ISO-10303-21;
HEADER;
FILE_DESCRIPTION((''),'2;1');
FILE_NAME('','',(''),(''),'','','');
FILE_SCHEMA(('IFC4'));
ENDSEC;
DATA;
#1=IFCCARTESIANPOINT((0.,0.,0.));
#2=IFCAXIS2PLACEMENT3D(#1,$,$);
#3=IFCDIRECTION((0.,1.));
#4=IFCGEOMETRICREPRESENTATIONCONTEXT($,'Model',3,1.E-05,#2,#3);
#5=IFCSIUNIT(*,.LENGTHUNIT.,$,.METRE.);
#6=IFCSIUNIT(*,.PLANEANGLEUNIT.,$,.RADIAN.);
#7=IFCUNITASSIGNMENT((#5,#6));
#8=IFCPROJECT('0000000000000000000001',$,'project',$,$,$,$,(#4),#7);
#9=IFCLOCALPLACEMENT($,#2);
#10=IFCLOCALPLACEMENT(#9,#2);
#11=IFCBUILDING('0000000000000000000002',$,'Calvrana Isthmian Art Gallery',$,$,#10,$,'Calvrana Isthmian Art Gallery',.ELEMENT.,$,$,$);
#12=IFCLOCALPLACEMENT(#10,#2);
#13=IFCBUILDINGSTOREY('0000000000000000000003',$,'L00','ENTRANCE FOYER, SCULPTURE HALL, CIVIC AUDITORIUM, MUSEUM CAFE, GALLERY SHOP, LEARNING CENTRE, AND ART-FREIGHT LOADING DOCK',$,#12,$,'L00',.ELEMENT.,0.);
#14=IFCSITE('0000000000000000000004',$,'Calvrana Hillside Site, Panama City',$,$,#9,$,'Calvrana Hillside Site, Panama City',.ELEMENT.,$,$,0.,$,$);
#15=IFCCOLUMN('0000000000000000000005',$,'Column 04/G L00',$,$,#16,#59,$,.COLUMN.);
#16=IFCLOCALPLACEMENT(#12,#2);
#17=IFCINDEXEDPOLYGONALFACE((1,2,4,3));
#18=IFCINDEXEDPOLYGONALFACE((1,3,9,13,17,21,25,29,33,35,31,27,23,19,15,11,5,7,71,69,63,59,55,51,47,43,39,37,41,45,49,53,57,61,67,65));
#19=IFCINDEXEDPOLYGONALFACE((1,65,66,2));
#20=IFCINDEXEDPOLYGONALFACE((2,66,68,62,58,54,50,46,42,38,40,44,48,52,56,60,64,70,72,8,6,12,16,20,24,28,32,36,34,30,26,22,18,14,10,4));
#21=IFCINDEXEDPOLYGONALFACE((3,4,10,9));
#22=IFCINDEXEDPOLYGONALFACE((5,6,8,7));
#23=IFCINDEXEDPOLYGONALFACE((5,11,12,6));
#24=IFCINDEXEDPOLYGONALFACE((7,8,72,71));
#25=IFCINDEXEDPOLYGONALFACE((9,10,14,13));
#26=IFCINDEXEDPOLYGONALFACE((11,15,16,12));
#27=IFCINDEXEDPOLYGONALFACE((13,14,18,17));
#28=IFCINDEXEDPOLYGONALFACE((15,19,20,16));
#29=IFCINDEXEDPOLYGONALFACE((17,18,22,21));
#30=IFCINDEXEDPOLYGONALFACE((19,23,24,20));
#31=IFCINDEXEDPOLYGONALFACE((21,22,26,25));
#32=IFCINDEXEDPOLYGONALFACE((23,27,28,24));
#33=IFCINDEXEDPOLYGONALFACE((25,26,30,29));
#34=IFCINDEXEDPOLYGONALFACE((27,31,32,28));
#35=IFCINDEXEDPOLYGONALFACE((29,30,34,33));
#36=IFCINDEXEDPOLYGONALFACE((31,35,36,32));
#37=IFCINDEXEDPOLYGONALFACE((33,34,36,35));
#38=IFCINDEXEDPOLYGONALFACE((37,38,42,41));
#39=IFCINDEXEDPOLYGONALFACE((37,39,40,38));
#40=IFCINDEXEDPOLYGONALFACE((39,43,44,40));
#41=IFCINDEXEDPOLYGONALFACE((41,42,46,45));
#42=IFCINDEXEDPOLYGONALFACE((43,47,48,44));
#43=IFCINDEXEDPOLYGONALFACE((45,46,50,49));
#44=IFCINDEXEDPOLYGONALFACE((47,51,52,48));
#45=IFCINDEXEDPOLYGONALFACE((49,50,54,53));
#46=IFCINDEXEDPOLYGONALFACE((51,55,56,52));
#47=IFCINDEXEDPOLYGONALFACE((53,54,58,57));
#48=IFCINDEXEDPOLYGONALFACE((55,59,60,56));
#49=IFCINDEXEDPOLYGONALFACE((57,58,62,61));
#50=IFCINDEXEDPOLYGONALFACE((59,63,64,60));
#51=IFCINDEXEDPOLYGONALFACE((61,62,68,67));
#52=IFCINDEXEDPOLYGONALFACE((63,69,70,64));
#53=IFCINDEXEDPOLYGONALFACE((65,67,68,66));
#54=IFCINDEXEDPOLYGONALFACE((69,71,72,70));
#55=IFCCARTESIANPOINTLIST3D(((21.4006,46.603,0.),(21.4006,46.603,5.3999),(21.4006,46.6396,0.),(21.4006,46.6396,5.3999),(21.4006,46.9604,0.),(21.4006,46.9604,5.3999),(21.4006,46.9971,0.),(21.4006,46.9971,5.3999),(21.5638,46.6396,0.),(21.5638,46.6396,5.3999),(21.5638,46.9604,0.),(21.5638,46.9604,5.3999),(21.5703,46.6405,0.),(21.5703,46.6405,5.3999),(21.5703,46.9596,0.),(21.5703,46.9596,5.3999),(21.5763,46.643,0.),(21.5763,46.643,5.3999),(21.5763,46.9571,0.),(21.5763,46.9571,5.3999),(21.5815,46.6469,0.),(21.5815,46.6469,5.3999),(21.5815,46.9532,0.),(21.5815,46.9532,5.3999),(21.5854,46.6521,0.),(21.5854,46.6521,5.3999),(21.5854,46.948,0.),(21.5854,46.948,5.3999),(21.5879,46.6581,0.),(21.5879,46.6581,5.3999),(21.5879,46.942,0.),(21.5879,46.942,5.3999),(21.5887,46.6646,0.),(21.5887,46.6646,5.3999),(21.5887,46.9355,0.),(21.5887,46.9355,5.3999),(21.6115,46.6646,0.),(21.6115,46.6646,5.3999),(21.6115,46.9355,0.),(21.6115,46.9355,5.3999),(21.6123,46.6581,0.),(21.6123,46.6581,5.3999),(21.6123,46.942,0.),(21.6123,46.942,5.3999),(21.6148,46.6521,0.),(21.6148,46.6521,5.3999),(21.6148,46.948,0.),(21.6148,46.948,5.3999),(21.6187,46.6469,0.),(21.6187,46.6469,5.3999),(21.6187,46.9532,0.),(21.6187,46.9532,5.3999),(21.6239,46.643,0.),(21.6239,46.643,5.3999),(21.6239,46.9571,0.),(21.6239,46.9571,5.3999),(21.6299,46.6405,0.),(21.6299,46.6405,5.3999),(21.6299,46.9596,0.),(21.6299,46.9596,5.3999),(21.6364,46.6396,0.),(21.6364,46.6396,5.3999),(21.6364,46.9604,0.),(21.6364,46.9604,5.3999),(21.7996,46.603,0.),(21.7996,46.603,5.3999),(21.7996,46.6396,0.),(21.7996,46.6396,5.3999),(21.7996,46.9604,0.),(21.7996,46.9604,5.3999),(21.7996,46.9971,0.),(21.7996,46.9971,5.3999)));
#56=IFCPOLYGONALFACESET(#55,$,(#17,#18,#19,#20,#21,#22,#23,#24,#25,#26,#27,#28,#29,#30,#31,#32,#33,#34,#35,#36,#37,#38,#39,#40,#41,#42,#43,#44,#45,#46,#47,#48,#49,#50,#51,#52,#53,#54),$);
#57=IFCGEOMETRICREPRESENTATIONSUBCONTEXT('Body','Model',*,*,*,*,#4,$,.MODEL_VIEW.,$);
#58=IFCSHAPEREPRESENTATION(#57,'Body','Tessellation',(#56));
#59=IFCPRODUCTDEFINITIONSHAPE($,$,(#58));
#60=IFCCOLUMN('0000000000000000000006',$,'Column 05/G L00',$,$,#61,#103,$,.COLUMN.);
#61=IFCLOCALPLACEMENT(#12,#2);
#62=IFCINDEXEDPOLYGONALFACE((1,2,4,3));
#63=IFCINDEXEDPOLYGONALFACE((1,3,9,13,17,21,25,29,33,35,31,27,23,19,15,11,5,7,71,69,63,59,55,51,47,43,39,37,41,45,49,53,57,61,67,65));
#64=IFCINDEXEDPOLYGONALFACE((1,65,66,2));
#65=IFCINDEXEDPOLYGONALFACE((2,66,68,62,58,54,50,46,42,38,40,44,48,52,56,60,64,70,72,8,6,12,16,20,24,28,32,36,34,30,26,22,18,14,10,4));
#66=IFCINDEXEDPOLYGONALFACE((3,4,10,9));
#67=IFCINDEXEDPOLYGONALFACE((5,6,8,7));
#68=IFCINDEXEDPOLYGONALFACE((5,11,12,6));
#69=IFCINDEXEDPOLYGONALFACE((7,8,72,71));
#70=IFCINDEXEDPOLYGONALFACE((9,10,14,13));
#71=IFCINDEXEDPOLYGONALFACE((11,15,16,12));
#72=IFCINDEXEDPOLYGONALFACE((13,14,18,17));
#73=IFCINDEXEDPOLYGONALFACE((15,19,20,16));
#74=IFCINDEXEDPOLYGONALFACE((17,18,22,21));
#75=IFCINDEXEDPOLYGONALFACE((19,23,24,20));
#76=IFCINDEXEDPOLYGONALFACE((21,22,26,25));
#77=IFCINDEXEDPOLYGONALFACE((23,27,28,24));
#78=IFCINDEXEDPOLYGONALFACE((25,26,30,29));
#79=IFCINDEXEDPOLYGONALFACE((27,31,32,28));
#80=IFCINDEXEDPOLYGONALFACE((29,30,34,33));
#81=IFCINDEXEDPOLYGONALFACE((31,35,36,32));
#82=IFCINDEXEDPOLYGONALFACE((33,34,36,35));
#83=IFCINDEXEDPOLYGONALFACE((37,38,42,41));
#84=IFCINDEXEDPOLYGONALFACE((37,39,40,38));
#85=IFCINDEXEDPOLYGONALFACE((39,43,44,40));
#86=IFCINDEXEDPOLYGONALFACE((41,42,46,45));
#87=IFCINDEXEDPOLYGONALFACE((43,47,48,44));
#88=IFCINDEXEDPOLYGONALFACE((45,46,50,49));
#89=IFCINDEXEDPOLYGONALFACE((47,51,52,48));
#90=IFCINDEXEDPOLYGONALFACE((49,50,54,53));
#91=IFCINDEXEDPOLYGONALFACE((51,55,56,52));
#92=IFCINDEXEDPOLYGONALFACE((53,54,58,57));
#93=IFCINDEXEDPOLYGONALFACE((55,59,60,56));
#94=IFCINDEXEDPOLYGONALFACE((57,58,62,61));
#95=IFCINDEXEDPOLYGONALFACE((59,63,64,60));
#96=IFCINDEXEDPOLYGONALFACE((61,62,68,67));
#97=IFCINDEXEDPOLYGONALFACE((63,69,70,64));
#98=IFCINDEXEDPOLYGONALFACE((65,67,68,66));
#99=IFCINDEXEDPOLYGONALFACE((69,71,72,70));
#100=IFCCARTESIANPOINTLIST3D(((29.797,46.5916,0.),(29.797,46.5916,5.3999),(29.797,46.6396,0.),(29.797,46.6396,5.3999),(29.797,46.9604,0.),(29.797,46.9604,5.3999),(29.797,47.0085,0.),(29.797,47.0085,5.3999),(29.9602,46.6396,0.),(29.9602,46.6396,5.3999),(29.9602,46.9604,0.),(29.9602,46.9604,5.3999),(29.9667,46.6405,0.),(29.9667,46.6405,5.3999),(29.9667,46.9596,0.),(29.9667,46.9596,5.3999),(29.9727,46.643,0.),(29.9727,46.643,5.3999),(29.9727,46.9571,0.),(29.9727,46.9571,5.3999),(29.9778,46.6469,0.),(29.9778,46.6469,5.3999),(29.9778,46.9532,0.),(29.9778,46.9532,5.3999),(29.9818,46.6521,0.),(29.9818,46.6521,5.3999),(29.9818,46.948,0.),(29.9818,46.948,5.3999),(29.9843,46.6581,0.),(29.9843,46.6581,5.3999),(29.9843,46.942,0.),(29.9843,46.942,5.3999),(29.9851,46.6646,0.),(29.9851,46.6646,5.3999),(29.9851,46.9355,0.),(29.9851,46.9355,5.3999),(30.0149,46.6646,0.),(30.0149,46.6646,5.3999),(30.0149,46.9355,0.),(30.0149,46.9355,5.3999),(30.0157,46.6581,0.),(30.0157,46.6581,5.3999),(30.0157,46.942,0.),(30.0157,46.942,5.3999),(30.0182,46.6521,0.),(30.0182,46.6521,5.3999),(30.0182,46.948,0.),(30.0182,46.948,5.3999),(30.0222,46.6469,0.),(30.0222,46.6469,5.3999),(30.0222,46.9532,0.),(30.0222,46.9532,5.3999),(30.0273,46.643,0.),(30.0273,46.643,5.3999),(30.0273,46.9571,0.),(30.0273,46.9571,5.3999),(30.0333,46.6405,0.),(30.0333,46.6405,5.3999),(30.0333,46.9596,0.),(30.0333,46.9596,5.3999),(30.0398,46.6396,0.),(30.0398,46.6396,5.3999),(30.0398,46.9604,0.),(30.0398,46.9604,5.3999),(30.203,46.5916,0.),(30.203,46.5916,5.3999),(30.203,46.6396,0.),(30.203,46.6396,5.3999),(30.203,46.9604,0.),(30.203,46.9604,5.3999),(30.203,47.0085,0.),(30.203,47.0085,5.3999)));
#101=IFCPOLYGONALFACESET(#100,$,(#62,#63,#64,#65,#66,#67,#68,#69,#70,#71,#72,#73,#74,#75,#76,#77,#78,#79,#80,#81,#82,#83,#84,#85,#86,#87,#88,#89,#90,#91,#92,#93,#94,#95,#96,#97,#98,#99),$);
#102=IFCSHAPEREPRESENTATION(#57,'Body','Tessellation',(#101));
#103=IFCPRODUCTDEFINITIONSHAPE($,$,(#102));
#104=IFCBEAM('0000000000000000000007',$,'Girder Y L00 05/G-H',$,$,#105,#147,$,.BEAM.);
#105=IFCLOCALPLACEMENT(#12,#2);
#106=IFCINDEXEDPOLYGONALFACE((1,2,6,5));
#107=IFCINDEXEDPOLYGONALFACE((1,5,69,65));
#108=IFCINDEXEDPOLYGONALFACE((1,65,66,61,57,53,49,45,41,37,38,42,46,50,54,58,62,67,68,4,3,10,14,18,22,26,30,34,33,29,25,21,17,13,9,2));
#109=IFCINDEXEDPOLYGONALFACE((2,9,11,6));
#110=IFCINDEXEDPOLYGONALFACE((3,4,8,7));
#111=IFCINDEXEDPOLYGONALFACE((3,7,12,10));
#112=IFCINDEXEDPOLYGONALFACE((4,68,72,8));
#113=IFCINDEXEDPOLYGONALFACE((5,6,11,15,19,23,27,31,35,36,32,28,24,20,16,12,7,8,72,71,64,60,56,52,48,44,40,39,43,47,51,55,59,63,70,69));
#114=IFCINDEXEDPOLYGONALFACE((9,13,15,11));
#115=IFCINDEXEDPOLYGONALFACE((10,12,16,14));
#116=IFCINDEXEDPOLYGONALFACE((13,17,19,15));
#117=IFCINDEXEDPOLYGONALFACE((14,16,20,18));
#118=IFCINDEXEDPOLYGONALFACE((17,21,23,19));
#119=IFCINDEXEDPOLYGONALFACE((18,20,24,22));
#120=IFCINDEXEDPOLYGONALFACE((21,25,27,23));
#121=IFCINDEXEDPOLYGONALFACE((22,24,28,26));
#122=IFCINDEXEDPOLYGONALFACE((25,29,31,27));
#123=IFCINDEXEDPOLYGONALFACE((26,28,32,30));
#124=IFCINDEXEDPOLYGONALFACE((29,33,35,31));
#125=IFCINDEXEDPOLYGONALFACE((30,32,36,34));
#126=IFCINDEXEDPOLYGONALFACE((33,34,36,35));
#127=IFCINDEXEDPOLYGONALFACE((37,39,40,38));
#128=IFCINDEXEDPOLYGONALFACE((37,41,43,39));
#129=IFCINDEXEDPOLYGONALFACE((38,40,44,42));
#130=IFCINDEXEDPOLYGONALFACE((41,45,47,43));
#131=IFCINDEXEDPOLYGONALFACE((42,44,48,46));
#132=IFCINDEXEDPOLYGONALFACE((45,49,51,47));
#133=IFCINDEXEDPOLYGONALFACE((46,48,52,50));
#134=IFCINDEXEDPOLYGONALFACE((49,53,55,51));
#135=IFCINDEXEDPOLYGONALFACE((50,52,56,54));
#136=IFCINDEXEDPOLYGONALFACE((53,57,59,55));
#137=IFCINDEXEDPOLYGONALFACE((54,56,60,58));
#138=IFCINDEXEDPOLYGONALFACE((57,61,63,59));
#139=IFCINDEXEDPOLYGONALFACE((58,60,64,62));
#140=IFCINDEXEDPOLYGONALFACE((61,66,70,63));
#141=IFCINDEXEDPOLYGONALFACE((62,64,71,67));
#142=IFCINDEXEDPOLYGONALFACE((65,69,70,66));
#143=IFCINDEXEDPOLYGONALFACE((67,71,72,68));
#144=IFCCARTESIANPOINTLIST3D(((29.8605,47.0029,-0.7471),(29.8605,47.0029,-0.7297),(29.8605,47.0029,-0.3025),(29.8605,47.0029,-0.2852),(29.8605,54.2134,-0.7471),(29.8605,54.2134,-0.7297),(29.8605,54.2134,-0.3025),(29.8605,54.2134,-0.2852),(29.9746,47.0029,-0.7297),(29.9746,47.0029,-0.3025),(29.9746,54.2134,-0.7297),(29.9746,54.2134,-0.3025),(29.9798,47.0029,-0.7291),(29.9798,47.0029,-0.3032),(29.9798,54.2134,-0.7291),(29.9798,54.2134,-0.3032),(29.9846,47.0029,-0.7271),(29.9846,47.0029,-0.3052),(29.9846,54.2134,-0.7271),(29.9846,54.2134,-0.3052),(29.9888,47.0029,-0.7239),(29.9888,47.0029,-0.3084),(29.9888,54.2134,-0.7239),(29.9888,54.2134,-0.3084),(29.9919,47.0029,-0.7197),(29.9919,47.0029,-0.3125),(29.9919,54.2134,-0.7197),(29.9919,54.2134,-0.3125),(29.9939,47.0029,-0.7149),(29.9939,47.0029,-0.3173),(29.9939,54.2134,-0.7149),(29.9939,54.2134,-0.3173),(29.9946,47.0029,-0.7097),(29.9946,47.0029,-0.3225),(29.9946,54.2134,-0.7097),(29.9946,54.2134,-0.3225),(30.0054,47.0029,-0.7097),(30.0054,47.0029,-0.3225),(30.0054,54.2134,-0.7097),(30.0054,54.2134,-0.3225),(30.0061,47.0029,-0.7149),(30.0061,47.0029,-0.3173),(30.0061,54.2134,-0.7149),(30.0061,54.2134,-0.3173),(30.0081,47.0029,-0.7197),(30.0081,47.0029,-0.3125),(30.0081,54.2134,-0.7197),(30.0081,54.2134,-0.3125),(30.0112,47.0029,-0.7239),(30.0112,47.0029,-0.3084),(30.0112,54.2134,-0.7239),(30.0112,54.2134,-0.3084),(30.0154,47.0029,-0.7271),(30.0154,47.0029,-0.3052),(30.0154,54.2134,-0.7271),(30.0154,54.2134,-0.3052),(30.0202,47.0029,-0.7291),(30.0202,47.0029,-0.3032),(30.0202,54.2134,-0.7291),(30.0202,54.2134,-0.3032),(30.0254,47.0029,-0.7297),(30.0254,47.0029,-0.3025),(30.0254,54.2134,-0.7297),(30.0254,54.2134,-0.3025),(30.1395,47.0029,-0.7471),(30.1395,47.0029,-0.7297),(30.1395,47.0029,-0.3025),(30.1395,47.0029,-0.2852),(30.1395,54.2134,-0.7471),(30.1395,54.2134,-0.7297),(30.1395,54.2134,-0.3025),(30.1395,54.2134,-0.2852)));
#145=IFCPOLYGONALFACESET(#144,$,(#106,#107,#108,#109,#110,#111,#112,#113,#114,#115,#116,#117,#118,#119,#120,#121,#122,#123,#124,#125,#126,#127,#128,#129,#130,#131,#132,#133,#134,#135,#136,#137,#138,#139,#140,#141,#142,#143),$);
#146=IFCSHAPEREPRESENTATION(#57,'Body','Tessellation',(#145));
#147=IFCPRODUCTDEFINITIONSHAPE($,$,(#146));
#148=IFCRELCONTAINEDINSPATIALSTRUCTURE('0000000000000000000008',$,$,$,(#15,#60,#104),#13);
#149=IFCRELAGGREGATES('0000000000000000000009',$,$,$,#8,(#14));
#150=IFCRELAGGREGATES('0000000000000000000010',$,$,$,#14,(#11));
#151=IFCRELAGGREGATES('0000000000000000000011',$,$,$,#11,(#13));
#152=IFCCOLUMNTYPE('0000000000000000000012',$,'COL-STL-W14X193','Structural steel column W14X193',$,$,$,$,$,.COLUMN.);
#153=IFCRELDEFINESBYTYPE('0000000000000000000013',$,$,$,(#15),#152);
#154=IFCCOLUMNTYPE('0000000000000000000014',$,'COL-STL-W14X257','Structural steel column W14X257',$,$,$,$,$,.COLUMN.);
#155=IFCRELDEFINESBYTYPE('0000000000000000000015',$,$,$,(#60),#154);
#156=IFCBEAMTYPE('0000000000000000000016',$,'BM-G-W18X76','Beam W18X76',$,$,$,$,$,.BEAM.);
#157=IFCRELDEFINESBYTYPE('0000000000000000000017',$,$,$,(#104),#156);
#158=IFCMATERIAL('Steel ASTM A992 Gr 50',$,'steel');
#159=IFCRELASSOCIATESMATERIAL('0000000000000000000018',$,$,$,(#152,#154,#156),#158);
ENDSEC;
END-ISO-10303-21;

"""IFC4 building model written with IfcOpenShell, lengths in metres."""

from ifc_helpers import new_model, si_unit, direction, frame, origin, origin_2d, place, context, subcontext, project, spatial, i_section, extrude, material, material_profile, profile_set, type_object, element, save


model = new_model("IFC4")

# Units and contexts
model_context = context("Model", 3, precision=1e-05, world=origin(), true_north=direction((0.0, 1.0)))
body_context = subcontext(model_context, "Body", "Model", "MODEL_VIEW")
ifc_project = project(units=[si_unit("LENGTHUNIT", "METRE"), si_unit("PLANEANGLEUNIT", "RADIAN")], contexts=[model_context])

# Site, building, storey
site_placement = place(None, origin())
site = spatial("IfcSite", under=ifc_project, at=site_placement, Name="Calvrana Hillside Site, Panama City", LongName="Calvrana Hillside Site, Panama City", CompositionType="ELEMENT", RefElevation=0.0)
building_placement = place(site_placement, origin())
building = spatial("IfcBuilding", under=site, at=building_placement, Name="Calvrana Isthmian Art Gallery", LongName="Calvrana Isthmian Art Gallery", CompositionType="ELEMENT")
storey_placement = place(building_placement, origin())
storey = spatial("IfcBuildingStorey", under=building, at=storey_placement, Name="L00", Description="ENTRANCE FOYER, SCULPTURE HALL, CIVIC AUDITORIUM, MUSEUM CAFE, GALLERY SHOP, LEARNING CENTRE, AND ART-FREIGHT LOADING DOCK", LongName="L00", CompositionType="ELEMENT", Elevation=0.0)

# Columns
ifc_material_1 = material(Name="Steel ASTM A992 Gr 50", Category="steel")
ifc_material_profile_1 = material_profile(ifc_material_1, i_section(OverallWidth=0.3989, OverallDepth=0.394, WebThickness=0.0227, FlangeThickness=0.0366, FilletRadius=0.0249, at=origin_2d()), Name="W14X193")
ifc_profile_set_1 = profile_set([ifc_material_profile_1], Name="Steel ASTM A992 Gr 50")
column_type_1 = type_object("IfcColumnType", Name="COL-STL-W14X193", Description="Structural steel column W14X193", PredefinedType="COLUMN", material=ifc_profile_set_1)
column_1_placement = place(storey_placement, frame((21.6001, 46.8, 0.0), z_axis=(0.0, 0.0, 1.0), x_axis=(1.0, 0.0, 0.0)))
element("IfcColumn", 1, at=column_1_placement, inside=storey, type_object=column_type_1, Name="Column 04/G L00", PredefinedType="COLUMN", context=body_context, shape_type="SweptSolid", body=[
    extrude(i_section(OverallWidth=0.3989, OverallDepth=0.394, WebThickness=0.0227, FlangeThickness=0.0366, FilletRadius=0.0249, at=origin_2d()), origin(), (0.0, 0.0, 1.0), 5.3999),
])
ifc_material_profile_2 = material_profile(ifc_material_1, i_section(OverallWidth=0.406, OverallDepth=0.417, WebThickness=0.0298, FlangeThickness=0.0481, FilletRadius=0.0249, at=origin_2d()), Name="W14X257")
ifc_profile_set_2 = profile_set([ifc_material_profile_2], Name="Steel ASTM A992 Gr 50")
column_type_2 = type_object("IfcColumnType", Name="COL-STL-W14X257", Description="Structural steel column W14X257", PredefinedType="COLUMN", material=ifc_profile_set_2)
column_2_placement = place(storey_placement, frame((30.0, 46.8, 0.0), z_axis=(0.0, 0.0, 1.0), x_axis=(1.0, 0.0, 0.0)))
element("IfcColumn", 2, at=column_2_placement, inside=storey, type_object=column_type_2, Name="Column 05/G L00", PredefinedType="COLUMN", context=body_context, shape_type="SweptSolid", body=[
    extrude(i_section(OverallWidth=0.406, OverallDepth=0.417, WebThickness=0.0298, FlangeThickness=0.0481, FilletRadius=0.0249, at=origin_2d()), origin(), (0.0, 0.0, 1.0), 5.3999),
])

# Beam
ifc_material_profile_3 = material_profile(ifc_material_1, i_section(OverallWidth=0.2791, OverallDepth=0.4619, WebThickness=0.0107, FlangeThickness=0.0173, FilletRadius=0.02, at=origin_2d()), Name="W18X76")
ifc_profile_set_3 = profile_set([ifc_material_profile_3], Name="Steel ASTM A992 Gr 50")
beam_type_1 = type_object("IfcBeamType", Name="BM-G-W18X76", Description="Beam W18X76", PredefinedType="BEAM", material=ifc_profile_set_3)
beam_1_placement = place(storey_placement, frame((30.0, 47.0029, -0.5161), z_axis=(0.0, 1.0, 0.0), x_axis=(-1.0, 0.0, 0.0)))
element("IfcBeam", 3, at=beam_1_placement, inside=storey, type_object=beam_type_1, Name="Girder Y L00 05/G-H", PredefinedType="BEAM", context=body_context, shape_type="SweptSolid", body=[
    extrude(i_section(OverallWidth=0.2791, OverallDepth=0.4619, WebThickness=0.0107, FlangeThickness=0.0173, FilletRadius=0.02, at=origin_2d()), origin(), (0.0, 0.0, 1.0), 7.2104),
])

save(model, "model.ifc")
